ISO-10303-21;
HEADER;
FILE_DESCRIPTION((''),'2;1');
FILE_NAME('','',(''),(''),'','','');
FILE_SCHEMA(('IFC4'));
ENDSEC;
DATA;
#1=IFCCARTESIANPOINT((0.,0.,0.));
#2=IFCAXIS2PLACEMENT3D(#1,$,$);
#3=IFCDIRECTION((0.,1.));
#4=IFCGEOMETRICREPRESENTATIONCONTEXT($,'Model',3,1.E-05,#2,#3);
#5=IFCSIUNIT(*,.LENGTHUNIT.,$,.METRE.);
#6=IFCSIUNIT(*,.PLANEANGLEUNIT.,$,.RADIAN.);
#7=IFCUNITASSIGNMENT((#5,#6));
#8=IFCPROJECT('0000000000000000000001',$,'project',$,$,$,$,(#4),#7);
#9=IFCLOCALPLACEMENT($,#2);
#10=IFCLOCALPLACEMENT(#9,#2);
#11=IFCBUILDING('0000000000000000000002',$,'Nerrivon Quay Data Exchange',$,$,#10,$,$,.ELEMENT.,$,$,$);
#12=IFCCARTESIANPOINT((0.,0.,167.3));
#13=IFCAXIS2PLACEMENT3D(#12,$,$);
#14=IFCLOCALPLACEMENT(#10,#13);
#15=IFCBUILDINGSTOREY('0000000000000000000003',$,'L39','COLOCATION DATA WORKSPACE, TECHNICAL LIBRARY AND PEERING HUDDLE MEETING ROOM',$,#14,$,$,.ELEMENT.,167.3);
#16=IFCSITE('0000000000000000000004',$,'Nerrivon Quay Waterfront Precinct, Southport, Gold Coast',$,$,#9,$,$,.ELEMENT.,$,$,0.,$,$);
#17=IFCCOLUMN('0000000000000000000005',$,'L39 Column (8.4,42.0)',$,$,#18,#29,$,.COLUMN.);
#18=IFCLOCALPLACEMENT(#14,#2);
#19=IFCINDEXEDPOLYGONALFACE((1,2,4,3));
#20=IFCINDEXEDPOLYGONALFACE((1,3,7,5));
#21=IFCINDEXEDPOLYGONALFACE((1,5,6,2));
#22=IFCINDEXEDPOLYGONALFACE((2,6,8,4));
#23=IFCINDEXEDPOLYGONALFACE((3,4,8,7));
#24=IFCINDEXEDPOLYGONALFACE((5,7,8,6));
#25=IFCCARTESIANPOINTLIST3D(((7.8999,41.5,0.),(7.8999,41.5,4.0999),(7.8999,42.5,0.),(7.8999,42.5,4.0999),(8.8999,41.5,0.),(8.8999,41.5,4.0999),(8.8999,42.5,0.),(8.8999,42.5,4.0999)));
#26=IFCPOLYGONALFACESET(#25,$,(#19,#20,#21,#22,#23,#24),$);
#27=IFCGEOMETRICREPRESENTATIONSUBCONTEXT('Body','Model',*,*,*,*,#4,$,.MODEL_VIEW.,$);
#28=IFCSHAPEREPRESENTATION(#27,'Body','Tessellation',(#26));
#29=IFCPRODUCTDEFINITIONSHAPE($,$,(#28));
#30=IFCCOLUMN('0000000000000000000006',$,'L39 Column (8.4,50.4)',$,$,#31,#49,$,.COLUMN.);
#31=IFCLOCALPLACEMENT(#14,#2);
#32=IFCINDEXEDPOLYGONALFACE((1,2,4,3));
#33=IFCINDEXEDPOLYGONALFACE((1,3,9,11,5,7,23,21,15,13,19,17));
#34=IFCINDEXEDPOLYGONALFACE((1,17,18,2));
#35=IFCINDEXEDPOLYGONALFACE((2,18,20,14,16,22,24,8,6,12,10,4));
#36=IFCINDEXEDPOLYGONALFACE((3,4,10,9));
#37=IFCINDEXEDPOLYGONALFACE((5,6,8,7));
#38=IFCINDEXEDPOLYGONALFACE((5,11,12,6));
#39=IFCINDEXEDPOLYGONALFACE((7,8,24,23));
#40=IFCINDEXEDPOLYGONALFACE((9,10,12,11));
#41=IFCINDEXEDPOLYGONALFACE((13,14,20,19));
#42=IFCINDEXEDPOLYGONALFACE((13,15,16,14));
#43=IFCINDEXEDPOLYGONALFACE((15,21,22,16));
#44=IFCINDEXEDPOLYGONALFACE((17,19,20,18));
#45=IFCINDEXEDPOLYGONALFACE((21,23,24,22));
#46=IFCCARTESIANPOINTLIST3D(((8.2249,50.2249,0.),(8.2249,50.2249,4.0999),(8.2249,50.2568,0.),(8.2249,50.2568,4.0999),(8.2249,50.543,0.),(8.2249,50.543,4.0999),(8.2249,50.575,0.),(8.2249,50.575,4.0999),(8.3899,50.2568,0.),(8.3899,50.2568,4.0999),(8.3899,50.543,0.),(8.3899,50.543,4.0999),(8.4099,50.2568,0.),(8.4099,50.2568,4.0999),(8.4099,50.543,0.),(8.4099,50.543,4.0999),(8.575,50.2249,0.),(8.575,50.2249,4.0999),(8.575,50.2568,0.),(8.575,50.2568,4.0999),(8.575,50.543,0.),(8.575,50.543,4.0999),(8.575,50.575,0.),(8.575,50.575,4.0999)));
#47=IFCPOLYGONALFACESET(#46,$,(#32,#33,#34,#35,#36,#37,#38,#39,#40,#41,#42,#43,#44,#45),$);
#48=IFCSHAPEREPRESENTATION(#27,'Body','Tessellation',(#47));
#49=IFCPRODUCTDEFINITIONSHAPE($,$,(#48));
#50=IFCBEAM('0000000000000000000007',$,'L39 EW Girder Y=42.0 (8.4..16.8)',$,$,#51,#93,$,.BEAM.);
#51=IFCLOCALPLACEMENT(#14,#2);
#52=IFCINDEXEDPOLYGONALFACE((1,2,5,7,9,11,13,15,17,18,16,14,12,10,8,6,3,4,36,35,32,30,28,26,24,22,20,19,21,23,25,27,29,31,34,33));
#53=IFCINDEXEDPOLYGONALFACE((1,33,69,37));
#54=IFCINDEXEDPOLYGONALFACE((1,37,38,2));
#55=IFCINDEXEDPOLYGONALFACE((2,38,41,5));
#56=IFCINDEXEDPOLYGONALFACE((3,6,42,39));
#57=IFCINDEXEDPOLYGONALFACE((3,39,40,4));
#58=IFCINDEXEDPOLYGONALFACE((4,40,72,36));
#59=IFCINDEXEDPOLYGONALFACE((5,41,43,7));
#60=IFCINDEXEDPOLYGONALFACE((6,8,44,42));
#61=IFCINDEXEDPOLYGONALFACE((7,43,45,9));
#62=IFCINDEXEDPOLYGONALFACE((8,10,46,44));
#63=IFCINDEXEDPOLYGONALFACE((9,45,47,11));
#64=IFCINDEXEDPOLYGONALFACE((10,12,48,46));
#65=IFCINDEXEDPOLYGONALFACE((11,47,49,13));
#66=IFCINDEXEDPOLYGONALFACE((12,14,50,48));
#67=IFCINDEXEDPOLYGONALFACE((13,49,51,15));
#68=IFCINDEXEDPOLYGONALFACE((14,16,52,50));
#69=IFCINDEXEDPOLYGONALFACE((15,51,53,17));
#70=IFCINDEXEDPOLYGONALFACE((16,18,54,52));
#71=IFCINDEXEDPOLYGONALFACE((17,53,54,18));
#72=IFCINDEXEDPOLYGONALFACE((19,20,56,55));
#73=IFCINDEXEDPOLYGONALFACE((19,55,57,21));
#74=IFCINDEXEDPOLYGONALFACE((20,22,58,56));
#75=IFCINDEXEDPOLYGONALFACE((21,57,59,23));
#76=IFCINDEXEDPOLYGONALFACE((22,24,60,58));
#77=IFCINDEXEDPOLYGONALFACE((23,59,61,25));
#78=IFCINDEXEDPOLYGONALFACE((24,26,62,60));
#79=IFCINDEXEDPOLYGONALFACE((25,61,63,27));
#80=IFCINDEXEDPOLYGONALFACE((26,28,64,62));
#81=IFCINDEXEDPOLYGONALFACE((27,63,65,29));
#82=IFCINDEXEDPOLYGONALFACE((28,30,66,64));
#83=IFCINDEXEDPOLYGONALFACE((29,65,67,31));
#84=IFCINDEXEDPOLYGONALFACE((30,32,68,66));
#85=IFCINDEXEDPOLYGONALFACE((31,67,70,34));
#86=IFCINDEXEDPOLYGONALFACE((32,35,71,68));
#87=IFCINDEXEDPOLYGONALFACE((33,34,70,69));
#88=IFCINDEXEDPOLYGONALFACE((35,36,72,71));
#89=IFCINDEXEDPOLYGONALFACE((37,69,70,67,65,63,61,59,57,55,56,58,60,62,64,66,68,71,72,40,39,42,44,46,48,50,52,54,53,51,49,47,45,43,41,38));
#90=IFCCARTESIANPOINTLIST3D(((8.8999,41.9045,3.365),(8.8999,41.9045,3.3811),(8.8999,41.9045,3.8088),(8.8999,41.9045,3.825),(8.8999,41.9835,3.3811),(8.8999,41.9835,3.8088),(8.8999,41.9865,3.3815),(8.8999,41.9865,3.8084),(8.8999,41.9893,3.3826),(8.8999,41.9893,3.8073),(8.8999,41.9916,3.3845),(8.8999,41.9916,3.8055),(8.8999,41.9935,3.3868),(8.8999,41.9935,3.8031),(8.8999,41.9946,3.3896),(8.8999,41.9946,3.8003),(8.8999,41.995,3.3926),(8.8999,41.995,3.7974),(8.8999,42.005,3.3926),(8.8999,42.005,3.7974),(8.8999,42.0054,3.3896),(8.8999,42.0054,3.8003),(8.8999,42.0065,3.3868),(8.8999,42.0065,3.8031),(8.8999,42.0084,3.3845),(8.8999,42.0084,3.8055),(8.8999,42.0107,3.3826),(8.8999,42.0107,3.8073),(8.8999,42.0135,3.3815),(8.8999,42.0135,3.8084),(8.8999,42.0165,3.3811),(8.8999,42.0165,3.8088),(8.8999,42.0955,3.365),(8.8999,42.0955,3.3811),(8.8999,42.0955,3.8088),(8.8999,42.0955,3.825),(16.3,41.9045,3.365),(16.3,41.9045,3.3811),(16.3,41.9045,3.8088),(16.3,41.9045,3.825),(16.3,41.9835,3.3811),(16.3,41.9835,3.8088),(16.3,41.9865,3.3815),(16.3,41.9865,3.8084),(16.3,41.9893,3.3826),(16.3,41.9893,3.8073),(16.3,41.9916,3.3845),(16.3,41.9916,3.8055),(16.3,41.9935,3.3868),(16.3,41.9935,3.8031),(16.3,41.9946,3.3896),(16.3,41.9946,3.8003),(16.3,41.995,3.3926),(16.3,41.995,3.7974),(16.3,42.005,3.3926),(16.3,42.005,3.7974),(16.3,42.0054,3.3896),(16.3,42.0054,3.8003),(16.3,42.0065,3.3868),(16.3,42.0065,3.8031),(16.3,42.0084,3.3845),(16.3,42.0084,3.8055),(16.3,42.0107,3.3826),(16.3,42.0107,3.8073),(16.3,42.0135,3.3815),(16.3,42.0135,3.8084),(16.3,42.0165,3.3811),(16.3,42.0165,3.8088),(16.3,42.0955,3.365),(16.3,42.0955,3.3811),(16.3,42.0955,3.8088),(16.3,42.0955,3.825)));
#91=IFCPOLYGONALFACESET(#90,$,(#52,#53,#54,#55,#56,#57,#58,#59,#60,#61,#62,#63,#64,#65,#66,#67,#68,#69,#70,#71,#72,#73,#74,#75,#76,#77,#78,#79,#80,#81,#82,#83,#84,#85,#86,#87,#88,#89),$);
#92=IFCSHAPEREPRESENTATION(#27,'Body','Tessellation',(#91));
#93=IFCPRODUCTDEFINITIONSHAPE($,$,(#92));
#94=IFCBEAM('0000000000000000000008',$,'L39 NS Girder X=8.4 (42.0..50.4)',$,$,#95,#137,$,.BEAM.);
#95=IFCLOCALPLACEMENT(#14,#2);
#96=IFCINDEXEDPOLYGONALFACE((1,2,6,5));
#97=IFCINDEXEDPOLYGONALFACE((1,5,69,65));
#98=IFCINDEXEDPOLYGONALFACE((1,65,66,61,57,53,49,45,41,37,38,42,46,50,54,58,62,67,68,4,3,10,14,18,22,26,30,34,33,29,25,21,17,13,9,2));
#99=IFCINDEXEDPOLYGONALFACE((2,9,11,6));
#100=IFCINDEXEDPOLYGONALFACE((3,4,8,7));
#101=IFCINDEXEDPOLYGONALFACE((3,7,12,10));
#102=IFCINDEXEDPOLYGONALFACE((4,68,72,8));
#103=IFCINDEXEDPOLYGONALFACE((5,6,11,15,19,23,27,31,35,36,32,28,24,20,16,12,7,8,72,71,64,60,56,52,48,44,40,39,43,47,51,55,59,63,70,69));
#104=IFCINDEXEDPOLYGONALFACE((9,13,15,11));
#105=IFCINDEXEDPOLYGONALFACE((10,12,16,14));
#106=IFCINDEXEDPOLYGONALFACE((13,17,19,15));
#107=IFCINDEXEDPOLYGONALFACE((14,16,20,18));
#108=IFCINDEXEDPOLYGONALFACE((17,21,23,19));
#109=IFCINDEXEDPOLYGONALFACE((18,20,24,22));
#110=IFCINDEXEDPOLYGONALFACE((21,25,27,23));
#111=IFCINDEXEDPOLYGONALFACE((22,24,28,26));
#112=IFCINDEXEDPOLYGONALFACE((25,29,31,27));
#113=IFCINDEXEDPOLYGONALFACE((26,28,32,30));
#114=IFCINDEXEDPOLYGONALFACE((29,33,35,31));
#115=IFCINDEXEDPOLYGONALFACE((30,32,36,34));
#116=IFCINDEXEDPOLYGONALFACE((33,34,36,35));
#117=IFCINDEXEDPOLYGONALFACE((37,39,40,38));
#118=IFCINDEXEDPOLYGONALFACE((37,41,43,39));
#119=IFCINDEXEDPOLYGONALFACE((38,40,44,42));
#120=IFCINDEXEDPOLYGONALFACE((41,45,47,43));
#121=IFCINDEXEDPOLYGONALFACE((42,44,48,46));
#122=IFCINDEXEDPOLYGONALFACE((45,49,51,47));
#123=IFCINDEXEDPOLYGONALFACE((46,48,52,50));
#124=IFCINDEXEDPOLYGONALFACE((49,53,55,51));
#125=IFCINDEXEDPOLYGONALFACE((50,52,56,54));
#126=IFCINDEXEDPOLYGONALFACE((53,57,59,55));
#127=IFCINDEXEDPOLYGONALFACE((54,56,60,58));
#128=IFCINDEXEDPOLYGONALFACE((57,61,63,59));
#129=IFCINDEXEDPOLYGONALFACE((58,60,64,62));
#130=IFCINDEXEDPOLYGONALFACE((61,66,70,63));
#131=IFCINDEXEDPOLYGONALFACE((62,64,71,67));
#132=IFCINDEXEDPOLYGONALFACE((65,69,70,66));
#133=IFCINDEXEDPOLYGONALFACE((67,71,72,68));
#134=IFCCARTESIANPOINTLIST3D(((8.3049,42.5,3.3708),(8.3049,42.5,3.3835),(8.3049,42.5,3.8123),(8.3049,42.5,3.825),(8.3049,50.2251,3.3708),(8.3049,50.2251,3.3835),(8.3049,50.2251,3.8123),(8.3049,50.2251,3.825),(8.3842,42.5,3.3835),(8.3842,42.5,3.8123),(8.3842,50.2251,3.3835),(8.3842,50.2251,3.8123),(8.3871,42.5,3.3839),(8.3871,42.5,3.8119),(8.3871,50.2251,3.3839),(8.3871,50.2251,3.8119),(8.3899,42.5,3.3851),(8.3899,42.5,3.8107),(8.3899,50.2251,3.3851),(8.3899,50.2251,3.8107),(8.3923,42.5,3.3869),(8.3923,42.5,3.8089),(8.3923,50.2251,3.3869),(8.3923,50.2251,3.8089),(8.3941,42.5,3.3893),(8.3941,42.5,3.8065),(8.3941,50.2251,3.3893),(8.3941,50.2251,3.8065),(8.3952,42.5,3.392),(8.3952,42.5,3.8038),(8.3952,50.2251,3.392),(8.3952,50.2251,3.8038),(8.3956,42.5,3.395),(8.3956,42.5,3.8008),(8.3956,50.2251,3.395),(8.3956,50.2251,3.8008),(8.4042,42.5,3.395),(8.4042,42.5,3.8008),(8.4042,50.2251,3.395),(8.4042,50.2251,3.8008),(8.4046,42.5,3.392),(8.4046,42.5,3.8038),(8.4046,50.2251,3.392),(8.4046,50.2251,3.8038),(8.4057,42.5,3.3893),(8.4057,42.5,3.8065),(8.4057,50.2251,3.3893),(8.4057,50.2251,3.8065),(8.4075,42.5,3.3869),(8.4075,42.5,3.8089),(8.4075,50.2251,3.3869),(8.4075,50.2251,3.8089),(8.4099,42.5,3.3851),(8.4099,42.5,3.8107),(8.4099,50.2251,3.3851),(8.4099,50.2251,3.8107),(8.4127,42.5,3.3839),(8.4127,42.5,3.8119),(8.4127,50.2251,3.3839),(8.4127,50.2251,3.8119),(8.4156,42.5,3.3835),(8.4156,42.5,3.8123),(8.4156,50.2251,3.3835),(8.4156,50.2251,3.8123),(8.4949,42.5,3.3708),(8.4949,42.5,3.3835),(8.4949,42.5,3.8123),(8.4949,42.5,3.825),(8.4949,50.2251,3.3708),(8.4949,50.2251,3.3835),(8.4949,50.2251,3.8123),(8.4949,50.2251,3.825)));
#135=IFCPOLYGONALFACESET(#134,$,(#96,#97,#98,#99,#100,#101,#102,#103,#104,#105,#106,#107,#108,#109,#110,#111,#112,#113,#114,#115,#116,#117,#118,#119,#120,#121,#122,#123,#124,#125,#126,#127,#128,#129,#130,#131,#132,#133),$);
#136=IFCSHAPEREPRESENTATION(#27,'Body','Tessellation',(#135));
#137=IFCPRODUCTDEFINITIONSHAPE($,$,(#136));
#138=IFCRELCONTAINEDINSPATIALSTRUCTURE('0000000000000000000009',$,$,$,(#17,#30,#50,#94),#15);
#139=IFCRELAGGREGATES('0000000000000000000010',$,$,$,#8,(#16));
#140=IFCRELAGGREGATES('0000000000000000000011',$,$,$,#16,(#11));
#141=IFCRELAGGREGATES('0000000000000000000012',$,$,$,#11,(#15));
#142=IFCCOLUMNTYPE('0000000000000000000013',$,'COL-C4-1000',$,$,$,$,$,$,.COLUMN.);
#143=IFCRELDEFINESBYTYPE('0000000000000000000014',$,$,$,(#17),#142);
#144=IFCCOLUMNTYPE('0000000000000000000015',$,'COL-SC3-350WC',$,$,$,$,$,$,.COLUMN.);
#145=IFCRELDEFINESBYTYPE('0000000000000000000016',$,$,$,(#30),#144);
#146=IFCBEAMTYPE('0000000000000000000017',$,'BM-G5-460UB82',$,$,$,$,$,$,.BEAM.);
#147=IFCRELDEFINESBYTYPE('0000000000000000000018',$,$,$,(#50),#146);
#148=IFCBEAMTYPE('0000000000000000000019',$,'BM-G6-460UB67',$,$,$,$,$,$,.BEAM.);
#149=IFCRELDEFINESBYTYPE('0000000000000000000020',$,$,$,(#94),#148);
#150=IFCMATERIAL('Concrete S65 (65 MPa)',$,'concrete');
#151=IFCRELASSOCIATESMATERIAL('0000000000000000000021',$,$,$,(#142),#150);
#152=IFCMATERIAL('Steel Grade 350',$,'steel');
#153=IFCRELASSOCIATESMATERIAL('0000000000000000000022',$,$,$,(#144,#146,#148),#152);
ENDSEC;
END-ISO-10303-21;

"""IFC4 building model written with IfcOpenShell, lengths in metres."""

from ifc_helpers import new_model, si_unit, direction, frame, origin, origin_2d, place, context, subcontext, project, spatial, rectangle, i_section, extrude, material, material_profile, profile_set, type_object, element, save


model = new_model("IFC4")

# Units and contexts
model_context = context("Model", 3, precision=1e-05, world=origin(), true_north=direction((0.0, 1.0)))
body_context = subcontext(model_context, "Body", "Model", "MODEL_VIEW")
ifc_project = project(units=[si_unit("LENGTHUNIT", "METRE"), si_unit("PLANEANGLEUNIT", "RADIAN")], contexts=[model_context])

# Site, building, storey
site_placement = place(None, origin())
site = spatial("IfcSite", under=ifc_project, at=site_placement, Name="Nerrivon Quay Waterfront Precinct, Southport, Gold Coast", CompositionType="ELEMENT", RefElevation=0.0)
building_placement = place(site_placement, origin())
building = spatial("IfcBuilding", under=site, at=building_placement, Name="Nerrivon Quay Data Exchange", CompositionType="ELEMENT")
storey_placement = place(building_placement, frame((0.0, 0.0, 167.3)))
storey = spatial("IfcBuildingStorey", under=building, at=storey_placement, Name="L39", Description="COLOCATION DATA WORKSPACE, TECHNICAL LIBRARY AND PEERING HUDDLE MEETING ROOM", CompositionType="ELEMENT", Elevation=167.3)

# Columns
ifc_material_1 = material(Name="Concrete S65 (65 MPa)", Category="concrete")
ifc_material_profile_1 = material_profile(ifc_material_1, rectangle(XDim=1.0, YDim=1.0, at=origin_2d()), Name="RC-COL-1000x1000")
ifc_profile_set_1 = profile_set([ifc_material_profile_1], Name="Concrete S65 (65 MPa)")
column_type_1 = type_object("IfcColumnType", Name="COL-C4-1000", PredefinedType="COLUMN", material=ifc_profile_set_1)
column_1_placement = place(storey_placement, frame((8.3999, 42.0, 0.0), z_axis=(0.0, 0.0, 1.0), x_axis=(1.0, 0.0, 0.0)))
element("IfcColumn", 1, at=column_1_placement, inside=storey, type_object=column_type_1, Name="L39 Column (8.4,42.0)", PredefinedType="COLUMN", context=body_context, shape_type="SweptSolid", body=[
    extrude(rectangle(XDim=1.0, YDim=1.0, at=origin_2d()), origin(), (0.0, 0.0, 1.0), 4.0999),
])
ifc_material_2 = material(Name="Steel Grade 350", Category="steel")
ifc_material_profile_2 = material_profile(ifc_material_2, i_section(OverallWidth=0.3501, OverallDepth=0.3501, WebThickness=0.02, FlangeThickness=0.032, at=origin_2d()), Name="350WC230")
ifc_profile_set_2 = profile_set([ifc_material_profile_2], Name="Steel Grade 350")
column_type_2 = type_object("IfcColumnType", Name="COL-SC3-350WC", PredefinedType="COLUMN", material=ifc_profile_set_2)
column_2_placement = place(storey_placement, frame((8.3999, 50.3999, 0.0), z_axis=(0.0, 0.0, 1.0), x_axis=(1.0, 0.0, 0.0)))
element("IfcColumn", 2, at=column_2_placement, inside=storey, type_object=column_type_2, Name="L39 Column (8.4,50.4)", PredefinedType="COLUMN", context=body_context, shape_type="SweptSolid", body=[
    extrude(i_section(OverallWidth=0.3501, OverallDepth=0.3501, WebThickness=0.02, FlangeThickness=0.032, at=origin_2d()), origin(), (0.0, 0.0, 1.0), 4.0999),
])

# Beams
ifc_material_profile_3 = material_profile(ifc_material_2, i_section(OverallWidth=0.1909, OverallDepth=0.46, WebThickness=0.01, FlangeThickness=0.0161, FilletRadius=0.0115, at=origin_2d()), Name="460UB82.1")
ifc_profile_set_3 = profile_set([ifc_material_profile_3], Name="Steel Grade 350")
beam_type_1 = type_object("IfcBeamType", Name="BM-G5-460UB82", PredefinedType="BEAM", material=ifc_profile_set_3)
beam_1_placement = place(storey_placement, frame((8.8999, 42.0, 3.595), z_axis=(1.0, 0.0, 0.0), x_axis=(0.0, 1.0, 0.0)))
element("IfcBeam", 3, at=beam_1_placement, inside=storey, type_object=beam_type_1, Name="L39 EW Girder Y=42.0 (8.4..16.8)", PredefinedType="BEAM", context=body_context, shape_type="SweptSolid", body=[
    extrude(i_section(OverallWidth=0.1909, OverallDepth=0.46, WebThickness=0.01, FlangeThickness=0.0161, FilletRadius=0.0115, at=origin_2d()), origin(), (0.0, 0.0, 1.0), 7.4001),
])
ifc_material_profile_4 = material_profile(ifc_material_2, i_section(OverallWidth=0.1899, OverallDepth=0.4541, WebThickness=0.0085, FlangeThickness=0.0127, FilletRadius=0.0115, at=origin_2d()), Name="460UB67.1")
ifc_profile_set_4 = profile_set([ifc_material_profile_4], Name="Steel Grade 350")
beam_type_2 = type_object("IfcBeamType", Name="BM-G6-460UB67", PredefinedType="BEAM", material=ifc_profile_set_4)
beam_2_placement = place(storey_placement, frame((8.3999, 42.5, 3.5979), z_axis=(0.0, 1.0, 0.0), x_axis=(-1.0, 0.0, 0.0)))
element("IfcBeam", 4, at=beam_2_placement, inside=storey, type_object=beam_type_2, Name="L39 NS Girder X=8.4 (42.0..50.4)", PredefinedType="BEAM", context=body_context, shape_type="SweptSolid", body=[
    extrude(i_section(OverallWidth=0.1899, OverallDepth=0.4541, WebThickness=0.0085, FlangeThickness=0.0127, FilletRadius=0.0115, at=origin_2d()), origin(), (0.0, 0.0, 1.0), 7.7251),
])

save(model, "model.ifc")
